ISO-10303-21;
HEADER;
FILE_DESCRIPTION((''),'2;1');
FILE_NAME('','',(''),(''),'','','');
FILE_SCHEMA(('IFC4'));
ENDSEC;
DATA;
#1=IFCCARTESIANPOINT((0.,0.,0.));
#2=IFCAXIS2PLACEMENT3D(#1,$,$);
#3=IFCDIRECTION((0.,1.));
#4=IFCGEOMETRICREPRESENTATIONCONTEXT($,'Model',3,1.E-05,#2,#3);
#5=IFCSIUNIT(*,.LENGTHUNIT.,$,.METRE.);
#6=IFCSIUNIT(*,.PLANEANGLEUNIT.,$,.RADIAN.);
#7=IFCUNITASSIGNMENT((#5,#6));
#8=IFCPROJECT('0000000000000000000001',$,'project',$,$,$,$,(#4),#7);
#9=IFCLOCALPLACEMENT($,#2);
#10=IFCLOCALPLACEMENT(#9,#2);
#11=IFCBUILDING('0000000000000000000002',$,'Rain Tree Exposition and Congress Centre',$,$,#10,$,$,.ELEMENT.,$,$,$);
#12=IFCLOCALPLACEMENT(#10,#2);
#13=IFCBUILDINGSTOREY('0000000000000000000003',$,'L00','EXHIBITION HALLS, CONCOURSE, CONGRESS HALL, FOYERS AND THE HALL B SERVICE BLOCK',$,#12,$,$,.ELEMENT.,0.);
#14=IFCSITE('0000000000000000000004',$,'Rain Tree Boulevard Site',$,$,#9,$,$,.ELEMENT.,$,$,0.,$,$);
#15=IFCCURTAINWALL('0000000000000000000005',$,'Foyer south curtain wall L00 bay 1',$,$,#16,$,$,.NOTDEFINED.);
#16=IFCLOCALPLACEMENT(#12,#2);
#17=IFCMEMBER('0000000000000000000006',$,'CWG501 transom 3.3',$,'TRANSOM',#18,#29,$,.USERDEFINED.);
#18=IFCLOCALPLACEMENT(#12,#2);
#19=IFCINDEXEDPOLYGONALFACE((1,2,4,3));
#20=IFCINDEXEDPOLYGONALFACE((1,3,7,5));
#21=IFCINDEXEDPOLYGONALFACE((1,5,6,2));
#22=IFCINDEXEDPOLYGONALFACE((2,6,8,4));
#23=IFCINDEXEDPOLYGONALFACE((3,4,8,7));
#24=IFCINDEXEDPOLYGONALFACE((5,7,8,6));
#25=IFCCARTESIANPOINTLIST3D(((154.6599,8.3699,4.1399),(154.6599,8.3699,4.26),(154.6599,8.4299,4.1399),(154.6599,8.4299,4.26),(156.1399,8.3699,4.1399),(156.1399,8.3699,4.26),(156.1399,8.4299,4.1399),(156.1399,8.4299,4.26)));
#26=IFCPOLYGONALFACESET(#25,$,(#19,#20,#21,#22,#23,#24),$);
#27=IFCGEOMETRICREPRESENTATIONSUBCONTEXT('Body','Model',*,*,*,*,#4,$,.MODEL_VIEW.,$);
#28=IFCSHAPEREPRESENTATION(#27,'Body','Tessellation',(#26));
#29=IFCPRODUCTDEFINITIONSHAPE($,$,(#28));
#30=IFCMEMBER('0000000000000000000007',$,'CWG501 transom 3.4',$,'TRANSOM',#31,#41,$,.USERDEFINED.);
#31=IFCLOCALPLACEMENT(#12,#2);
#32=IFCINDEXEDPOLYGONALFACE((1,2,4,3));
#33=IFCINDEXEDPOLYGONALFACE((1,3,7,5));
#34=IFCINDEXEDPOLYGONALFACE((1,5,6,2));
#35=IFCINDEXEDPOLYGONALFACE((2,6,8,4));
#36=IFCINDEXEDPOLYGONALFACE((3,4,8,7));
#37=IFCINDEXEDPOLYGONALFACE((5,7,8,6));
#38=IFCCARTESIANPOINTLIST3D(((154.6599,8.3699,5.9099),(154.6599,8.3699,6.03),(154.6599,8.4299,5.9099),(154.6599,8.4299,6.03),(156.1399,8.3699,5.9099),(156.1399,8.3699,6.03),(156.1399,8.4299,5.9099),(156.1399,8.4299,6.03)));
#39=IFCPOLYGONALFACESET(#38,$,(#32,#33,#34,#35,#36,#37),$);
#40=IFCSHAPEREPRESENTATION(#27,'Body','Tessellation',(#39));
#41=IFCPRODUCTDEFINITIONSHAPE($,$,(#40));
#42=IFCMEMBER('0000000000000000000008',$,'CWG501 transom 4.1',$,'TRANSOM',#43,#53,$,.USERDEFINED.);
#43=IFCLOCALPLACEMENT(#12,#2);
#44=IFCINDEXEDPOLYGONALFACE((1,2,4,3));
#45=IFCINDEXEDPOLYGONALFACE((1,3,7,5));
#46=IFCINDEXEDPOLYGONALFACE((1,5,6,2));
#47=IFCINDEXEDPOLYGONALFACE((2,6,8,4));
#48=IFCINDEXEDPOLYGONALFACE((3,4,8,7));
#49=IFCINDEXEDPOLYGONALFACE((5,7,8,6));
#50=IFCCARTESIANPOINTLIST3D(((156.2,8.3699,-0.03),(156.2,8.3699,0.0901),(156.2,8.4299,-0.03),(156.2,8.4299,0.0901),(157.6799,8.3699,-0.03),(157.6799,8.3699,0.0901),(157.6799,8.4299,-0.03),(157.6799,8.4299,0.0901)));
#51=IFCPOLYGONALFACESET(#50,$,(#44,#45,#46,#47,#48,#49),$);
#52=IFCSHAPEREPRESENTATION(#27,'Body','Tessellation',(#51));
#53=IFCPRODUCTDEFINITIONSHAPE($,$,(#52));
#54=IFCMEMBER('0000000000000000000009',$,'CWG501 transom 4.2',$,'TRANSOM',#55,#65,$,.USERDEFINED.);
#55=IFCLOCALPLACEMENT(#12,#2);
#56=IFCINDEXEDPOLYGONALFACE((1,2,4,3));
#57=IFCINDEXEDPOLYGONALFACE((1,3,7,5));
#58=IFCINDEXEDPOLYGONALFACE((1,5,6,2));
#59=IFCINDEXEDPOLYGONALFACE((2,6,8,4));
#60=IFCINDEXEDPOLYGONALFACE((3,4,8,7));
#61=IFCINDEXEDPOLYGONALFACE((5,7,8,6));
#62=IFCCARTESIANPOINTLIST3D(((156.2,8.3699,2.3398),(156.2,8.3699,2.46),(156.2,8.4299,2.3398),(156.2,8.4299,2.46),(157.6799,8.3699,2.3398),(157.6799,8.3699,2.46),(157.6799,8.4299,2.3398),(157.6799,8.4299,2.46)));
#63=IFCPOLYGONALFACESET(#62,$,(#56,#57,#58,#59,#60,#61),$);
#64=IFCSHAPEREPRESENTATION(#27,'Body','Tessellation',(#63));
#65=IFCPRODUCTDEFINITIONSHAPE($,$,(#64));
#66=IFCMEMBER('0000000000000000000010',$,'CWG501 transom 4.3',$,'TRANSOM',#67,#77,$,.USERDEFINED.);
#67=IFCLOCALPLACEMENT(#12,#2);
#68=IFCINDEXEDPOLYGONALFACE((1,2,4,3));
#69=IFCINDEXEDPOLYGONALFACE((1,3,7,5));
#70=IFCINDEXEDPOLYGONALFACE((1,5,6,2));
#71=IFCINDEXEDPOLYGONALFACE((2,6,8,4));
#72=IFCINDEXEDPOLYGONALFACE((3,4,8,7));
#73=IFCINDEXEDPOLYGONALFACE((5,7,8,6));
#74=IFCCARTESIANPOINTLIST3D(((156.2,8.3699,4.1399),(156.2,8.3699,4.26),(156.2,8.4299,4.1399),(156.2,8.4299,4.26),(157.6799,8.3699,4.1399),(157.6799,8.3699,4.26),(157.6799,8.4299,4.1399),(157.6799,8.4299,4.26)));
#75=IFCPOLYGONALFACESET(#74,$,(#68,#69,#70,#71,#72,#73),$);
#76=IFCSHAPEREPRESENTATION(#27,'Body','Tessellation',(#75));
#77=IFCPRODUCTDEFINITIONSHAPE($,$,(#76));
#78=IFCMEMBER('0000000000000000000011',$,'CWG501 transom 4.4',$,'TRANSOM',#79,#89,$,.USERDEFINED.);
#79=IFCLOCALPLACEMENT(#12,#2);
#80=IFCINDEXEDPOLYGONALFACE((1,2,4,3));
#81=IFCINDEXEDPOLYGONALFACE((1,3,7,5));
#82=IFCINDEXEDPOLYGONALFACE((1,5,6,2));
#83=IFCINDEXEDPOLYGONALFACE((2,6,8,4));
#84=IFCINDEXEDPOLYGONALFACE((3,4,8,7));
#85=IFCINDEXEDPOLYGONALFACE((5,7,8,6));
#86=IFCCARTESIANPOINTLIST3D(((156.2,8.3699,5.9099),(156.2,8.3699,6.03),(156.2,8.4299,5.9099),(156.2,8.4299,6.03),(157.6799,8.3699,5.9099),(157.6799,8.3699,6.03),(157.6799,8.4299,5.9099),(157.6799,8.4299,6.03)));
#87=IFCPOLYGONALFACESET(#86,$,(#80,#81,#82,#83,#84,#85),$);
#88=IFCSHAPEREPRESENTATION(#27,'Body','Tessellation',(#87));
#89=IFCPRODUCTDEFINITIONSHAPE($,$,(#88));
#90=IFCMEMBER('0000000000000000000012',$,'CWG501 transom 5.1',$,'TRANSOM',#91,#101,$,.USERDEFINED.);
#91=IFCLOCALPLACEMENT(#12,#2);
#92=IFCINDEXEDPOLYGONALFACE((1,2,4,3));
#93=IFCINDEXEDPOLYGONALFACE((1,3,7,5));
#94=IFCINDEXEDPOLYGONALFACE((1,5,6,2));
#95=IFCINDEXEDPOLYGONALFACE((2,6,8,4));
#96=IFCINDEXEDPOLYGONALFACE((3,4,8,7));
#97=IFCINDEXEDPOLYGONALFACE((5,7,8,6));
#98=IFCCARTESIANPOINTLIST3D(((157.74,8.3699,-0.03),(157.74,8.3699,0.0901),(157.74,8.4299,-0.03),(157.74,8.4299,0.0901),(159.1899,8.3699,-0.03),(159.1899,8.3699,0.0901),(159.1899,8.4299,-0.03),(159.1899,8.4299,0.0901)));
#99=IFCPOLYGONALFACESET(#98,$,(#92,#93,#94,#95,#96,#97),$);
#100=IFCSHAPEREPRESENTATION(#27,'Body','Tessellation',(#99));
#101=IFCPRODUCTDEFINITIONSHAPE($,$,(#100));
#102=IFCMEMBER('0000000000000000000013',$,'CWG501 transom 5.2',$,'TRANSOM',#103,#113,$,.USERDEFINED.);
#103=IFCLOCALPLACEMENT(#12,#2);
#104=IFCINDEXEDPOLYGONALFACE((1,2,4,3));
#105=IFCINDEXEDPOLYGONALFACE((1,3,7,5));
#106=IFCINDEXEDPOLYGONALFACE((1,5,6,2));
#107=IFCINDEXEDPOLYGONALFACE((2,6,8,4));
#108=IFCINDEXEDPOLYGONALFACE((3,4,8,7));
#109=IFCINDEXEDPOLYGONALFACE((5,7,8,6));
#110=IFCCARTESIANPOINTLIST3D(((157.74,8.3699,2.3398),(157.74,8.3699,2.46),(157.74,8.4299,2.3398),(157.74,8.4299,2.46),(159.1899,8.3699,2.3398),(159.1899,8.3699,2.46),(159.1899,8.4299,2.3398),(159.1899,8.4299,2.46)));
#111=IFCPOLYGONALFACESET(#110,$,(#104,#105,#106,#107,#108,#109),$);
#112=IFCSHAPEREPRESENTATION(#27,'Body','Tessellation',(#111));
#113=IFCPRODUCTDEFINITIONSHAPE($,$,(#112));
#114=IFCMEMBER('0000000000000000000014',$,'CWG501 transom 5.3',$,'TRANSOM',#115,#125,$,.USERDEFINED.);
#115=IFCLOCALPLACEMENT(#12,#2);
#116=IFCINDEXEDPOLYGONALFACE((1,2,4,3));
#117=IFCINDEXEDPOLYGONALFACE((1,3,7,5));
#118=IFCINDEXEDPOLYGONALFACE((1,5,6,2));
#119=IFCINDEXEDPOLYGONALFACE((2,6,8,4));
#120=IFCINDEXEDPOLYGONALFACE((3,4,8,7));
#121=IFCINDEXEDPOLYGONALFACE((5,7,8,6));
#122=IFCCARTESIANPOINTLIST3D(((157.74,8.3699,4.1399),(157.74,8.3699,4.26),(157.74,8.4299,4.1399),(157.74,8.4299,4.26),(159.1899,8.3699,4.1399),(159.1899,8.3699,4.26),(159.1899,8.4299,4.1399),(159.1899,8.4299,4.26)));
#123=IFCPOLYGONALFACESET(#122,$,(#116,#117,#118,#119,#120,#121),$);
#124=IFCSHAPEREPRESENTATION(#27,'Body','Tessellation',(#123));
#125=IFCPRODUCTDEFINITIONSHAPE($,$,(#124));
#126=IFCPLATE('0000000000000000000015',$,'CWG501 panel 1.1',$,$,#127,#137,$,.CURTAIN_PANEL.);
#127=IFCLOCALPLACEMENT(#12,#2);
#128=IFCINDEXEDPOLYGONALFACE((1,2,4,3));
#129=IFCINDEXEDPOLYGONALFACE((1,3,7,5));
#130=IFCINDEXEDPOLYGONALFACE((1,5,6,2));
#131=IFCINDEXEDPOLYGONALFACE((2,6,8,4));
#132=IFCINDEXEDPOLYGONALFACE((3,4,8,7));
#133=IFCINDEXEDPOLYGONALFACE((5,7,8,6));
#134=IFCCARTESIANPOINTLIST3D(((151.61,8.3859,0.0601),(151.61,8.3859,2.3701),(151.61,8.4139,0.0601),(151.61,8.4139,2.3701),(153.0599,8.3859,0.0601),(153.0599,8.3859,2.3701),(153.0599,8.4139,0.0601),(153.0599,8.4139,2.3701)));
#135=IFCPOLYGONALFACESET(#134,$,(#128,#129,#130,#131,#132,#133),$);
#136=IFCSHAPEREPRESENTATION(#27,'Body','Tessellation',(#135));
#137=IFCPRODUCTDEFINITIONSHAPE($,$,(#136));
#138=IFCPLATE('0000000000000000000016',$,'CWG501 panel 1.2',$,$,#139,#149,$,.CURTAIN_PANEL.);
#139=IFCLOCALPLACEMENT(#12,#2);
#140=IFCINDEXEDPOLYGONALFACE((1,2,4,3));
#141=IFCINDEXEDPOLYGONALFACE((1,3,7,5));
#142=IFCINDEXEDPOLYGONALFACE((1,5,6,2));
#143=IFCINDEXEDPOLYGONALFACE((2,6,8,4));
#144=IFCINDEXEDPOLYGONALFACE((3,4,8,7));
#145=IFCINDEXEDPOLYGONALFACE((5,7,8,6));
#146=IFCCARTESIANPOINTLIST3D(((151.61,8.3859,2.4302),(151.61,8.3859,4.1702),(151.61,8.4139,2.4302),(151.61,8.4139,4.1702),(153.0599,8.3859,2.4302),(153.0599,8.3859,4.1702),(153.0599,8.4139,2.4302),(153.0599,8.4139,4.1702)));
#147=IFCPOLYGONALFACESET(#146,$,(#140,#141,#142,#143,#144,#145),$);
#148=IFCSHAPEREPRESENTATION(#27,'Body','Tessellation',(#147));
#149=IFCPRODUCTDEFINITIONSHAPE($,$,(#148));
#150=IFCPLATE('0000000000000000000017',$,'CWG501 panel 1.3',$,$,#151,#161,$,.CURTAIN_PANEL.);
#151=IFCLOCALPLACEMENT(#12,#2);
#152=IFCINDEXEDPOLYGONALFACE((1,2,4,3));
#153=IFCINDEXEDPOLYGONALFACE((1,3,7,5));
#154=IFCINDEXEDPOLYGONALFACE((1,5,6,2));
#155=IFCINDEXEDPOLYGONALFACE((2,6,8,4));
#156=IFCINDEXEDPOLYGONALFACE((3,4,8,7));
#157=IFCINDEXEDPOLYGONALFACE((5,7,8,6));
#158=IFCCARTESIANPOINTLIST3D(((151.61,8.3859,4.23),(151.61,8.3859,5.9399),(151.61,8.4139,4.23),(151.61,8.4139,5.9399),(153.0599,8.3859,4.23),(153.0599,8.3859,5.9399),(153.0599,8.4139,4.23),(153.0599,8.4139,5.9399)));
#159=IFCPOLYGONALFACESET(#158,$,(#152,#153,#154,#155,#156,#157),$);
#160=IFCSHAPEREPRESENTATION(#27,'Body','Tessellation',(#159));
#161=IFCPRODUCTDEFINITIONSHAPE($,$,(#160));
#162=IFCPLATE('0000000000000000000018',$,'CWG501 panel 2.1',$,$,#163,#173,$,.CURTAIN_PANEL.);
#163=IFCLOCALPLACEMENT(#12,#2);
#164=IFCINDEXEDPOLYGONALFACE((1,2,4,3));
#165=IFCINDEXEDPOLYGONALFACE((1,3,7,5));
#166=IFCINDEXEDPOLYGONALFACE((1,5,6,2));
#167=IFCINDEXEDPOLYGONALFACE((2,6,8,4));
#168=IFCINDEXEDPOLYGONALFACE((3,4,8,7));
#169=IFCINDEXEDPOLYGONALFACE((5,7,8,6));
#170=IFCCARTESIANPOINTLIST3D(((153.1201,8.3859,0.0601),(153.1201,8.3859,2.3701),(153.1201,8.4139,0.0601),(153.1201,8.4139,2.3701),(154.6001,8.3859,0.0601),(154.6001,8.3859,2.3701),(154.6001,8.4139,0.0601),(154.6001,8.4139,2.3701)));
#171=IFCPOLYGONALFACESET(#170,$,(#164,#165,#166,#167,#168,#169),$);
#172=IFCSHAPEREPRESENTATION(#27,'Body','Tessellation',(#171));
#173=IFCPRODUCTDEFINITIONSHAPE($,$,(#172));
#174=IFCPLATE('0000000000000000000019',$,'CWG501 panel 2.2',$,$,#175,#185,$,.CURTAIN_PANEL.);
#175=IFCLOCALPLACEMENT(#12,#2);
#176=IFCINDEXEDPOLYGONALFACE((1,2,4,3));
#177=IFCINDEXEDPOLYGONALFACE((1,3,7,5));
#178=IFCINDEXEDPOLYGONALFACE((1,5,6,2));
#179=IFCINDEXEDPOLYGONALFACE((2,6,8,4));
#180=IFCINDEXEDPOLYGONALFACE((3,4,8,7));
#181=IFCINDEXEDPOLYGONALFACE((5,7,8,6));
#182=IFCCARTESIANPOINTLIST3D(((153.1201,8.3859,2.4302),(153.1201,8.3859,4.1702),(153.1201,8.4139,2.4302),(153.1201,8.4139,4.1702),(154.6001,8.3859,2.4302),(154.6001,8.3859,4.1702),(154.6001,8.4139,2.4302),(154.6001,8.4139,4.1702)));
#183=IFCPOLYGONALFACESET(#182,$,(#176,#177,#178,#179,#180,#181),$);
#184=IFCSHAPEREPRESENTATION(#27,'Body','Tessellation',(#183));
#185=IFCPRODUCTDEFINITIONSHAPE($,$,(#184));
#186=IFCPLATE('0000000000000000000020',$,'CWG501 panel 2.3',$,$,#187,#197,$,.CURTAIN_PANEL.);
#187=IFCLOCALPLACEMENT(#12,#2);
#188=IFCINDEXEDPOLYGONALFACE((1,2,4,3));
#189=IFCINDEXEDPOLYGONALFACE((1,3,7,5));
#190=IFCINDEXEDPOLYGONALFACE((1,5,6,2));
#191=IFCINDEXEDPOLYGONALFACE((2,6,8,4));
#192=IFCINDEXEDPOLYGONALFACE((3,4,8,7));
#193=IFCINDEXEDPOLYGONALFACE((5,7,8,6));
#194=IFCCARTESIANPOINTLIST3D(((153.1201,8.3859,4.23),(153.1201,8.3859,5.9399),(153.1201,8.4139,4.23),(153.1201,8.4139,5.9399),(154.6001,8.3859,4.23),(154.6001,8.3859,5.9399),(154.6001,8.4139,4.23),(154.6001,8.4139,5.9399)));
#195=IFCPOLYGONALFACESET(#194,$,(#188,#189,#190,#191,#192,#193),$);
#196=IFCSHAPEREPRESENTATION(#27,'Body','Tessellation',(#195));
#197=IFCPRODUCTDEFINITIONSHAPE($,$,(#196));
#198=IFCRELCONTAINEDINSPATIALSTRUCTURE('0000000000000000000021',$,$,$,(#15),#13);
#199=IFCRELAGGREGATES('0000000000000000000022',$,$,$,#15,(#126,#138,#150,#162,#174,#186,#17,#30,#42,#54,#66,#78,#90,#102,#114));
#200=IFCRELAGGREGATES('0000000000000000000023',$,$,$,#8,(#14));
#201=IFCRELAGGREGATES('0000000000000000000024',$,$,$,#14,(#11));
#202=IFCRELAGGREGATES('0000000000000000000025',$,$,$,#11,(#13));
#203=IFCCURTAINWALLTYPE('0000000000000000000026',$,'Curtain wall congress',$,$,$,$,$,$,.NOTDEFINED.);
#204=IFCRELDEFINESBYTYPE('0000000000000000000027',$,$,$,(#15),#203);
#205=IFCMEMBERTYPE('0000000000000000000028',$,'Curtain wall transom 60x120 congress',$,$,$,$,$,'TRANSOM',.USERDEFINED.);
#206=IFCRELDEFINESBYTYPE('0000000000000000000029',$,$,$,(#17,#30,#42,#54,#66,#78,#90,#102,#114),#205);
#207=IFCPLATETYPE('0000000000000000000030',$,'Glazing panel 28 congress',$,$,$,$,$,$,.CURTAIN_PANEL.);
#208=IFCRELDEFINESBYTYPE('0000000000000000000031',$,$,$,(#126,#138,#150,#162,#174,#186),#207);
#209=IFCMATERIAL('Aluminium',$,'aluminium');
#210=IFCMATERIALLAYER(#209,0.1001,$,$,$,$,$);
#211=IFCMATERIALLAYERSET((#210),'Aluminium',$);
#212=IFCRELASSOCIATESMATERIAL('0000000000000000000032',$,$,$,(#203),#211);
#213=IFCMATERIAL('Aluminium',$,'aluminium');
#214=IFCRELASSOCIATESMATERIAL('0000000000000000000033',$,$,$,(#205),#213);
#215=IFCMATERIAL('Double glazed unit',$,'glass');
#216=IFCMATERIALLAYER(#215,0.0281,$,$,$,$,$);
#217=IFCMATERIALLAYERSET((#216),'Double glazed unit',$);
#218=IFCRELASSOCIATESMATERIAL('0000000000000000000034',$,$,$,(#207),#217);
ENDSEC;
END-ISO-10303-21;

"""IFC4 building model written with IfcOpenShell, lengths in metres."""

from ifc_helpers import new_model, si_unit, direction, frame, origin, origin_2d, place, context, subcontext, project, spatial, rectangle, extrude, material, layer, layer_set, material_profile, profile_set, type_object, element, aggregate, save


model = new_model("IFC4")

# Units and contexts
model_context = context("Model", 3, precision=1e-05, world=origin(), true_north=direction((0.0, 1.0)))
body_context = subcontext(model_context, "Body", "Model", "MODEL_VIEW")
ifc_project = project(units=[si_unit("LENGTHUNIT", "METRE"), si_unit("PLANEANGLEUNIT", "RADIAN")], contexts=[model_context])

# Site, building, storey
site_placement = place(None, origin())
site = spatial("IfcSite", under=ifc_project, at=site_placement, Name="Rain Tree Boulevard Site", CompositionType="ELEMENT", RefElevation=0.0)
building_placement = place(site_placement, origin())
building = spatial("IfcBuilding", under=site, at=building_placement, Name="Rain Tree Exposition and Congress Centre", CompositionType="ELEMENT")
storey_placement = place(building_placement, origin())
storey = spatial("IfcBuildingStorey", under=building, at=storey_placement, Name="L00", Description="EXHIBITION HALLS, CONCOURSE, CONGRESS HALL, FOYERS AND THE HALL B SERVICE BLOCK", CompositionType="ELEMENT", Elevation=0.0)

# Curtain wall, members, plates
ifc_material_1 = material(Name="Aluminium", Category="aluminium")
ifc_layer_1 = layer(ifc_material_1, 0.1001)
ifc_layer_set_1 = layer_set([ifc_layer_1], Name="Aluminium")
curtain_wall_type = type_object("IfcCurtainWallType", Name="Curtain wall congress", PredefinedType="NOTDEFINED", material=ifc_layer_set_1)
curtain_wall_placement = place(storey_placement, origin())
curtain_wall = element("IfcCurtainWall", 1, at=curtain_wall_placement, inside=storey, type_object=curtain_wall_type, Name="Foyer south curtain wall L00 bay 1", PredefinedType="NOTDEFINED")
ifc_material_2 = material(Name="Aluminium", Category="aluminium")
ifc_material_profile_1 = material_profile(ifc_material_2, rectangle(XDim=0.0601, YDim=0.1201, at=origin_2d()), Name="AL 60x120")
ifc_profile_set_1 = profile_set([ifc_material_profile_1], Name="Aluminium")
member_type_1 = type_object("IfcMemberType", Name="Curtain wall transom 60x120 congress", ElementType="TRANSOM", PredefinedType="USERDEFINED", material=ifc_profile_set_1)
member_1_placement = place(storey_placement, frame((154.6599, 8.3999, 4.2), z_axis=(1.0, 0.0, 0.0), x_axis=(0.0, 1.0, 0.0)))
member_1 = element("IfcMember", 2, at=member_1_placement, type_object=member_type_1, Name="CWG501 transom 3.3", ObjectType="TRANSOM", PredefinedType="USERDEFINED", context=body_context, shape_type="SweptSolid", body=[
    extrude(rectangle(XDim=0.0601, YDim=0.1201, at=origin_2d()), origin(), (0.0, 0.0, 1.0), 1.48),
])
member_2_placement = place(storey_placement, frame((154.6599, 8.3999, 5.97), z_axis=(1.0, 0.0, 0.0), x_axis=(0.0, 1.0, 0.0)))
member_2 = element("IfcMember", 3, at=member_2_placement, type_object=member_type_1, Name="CWG501 transom 3.4", ObjectType="TRANSOM", PredefinedType="USERDEFINED", context=body_context, shape_type="SweptSolid", body=[
    extrude(rectangle(XDim=0.0601, YDim=0.1201, at=origin_2d()), origin(), (0.0, 0.0, 1.0), 1.48),
])
member_3_placement = place(storey_placement, frame((156.2, 8.3999, 0.03), z_axis=(1.0, 0.0, 0.0), x_axis=(0.0, 1.0, 0.0)))
member_3 = element("IfcMember", 4, at=member_3_placement, type_object=member_type_1, Name="CWG501 transom 4.1", ObjectType="TRANSOM", PredefinedType="USERDEFINED", context=body_context, shape_type="SweptSolid", body=[
    extrude(rectangle(XDim=0.0601, YDim=0.1201, at=origin_2d()), origin(), (0.0, 0.0, 1.0), 1.48),
])
member_4_placement = place(storey_placement, frame((156.2, 8.3999, 2.3999), z_axis=(1.0, 0.0, 0.0), x_axis=(0.0, 1.0, 0.0)))
member_4 = element("IfcMember", 5, at=member_4_placement, type_object=member_type_1, Name="CWG501 transom 4.2", ObjectType="TRANSOM", PredefinedType="USERDEFINED", context=body_context, shape_type="SweptSolid", body=[
    extrude(rectangle(XDim=0.0601, YDim=0.1201, at=origin_2d()), origin(), (0.0, 0.0, 1.0), 1.48),
])
member_5_placement = place(storey_placement, frame((156.2, 8.3999, 4.2), z_axis=(1.0, 0.0, 0.0), x_axis=(0.0, 1.0, 0.0)))
member_5 = element("IfcMember", 6, at=member_5_placement, type_object=member_type_1, Name="CWG501 transom 4.3", ObjectType="TRANSOM", PredefinedType="USERDEFINED", context=body_context, shape_type="SweptSolid", body=[
    extrude(rectangle(XDim=0.0601, YDim=0.1201, at=origin_2d()), origin(), (0.0, 0.0, 1.0), 1.48),
])
member_6_placement = place(storey_placement, frame((156.2, 8.3999, 5.97), z_axis=(1.0, 0.0, 0.0), x_axis=(0.0, 1.0, 0.0)))
member_6 = element("IfcMember", 7, at=member_6_placement, type_object=member_type_1, Name="CWG501 transom 4.4", ObjectType="TRANSOM", PredefinedType="USERDEFINED", context=body_context, shape_type="SweptSolid", body=[
    extrude(rectangle(XDim=0.0601, YDim=0.1201, at=origin_2d()), origin(), (0.0, 0.0, 1.0), 1.48),
])
member_7_placement = place(storey_placement, frame((157.74, 8.3999, 0.03), z_axis=(1.0, 0.0, 0.0), x_axis=(0.0, 1.0, 0.0)))
member_7 = element("IfcMember", 8, at=member_7_placement, type_object=member_type_1, Name="CWG501 transom 5.1", ObjectType="TRANSOM", PredefinedType="USERDEFINED", context=body_context, shape_type="SweptSolid", body=[
    extrude(rectangle(XDim=0.0601, YDim=0.1201, at=origin_2d()), origin(), (0.0, 0.0, 1.0), 1.45),
])
member_8_placement = place(storey_placement, frame((157.74, 8.3999, 2.3999), z_axis=(1.0, 0.0, 0.0), x_axis=(0.0, 1.0, 0.0)))
member_8 = element("IfcMember", 9, at=member_8_placement, type_object=member_type_1, Name="CWG501 transom 5.2", ObjectType="TRANSOM", PredefinedType="USERDEFINED", context=body_context, shape_type="SweptSolid", body=[
    extrude(rectangle(XDim=0.0601, YDim=0.1201, at=origin_2d()), origin(), (0.0, 0.0, 1.0), 1.45),
])
member_9_placement = place(storey_placement, frame((157.74, 8.3999, 4.2), z_axis=(1.0, 0.0, 0.0), x_axis=(0.0, 1.0, 0.0)))
member_9 = element("IfcMember", 10, at=member_9_placement, type_object=member_type_1, Name="CWG501 transom 5.3", ObjectType="TRANSOM", PredefinedType="USERDEFINED", context=body_context, shape_type="SweptSolid", body=[
    extrude(rectangle(XDim=0.0601, YDim=0.1201, at=origin_2d()), origin(), (0.0, 0.0, 1.0), 1.45),
])
ifc_material_3 = material(Name="Double glazed unit", Category="glass")
ifc_layer_2 = layer(ifc_material_3, 0.0281)
ifc_layer_set_2 = layer_set([ifc_layer_2], Name="Double glazed unit")
plate_type = type_object("IfcPlateType", Name="Glazing panel 28 congress", PredefinedType="CURTAIN_PANEL", material=ifc_layer_set_2)
plate_1_placement = place(storey_placement, frame((152.335, 8.3999, 0.0601), z_axis=(0.0, 0.0, 1.0), x_axis=(1.0, 0.0, 0.0)))
plate_1 = element("IfcPlate", 11, at=plate_1_placement, type_object=plate_type, Name="CWG501 panel 1.1", PredefinedType="CURTAIN_PANEL", context=body_context, shape_type="SweptSolid", body=[
    extrude(rectangle(XDim=1.45, YDim=0.0281, at=origin_2d()), origin(), (0.0, 0.0, 1.0), 2.3101),
])
plate_2_placement = place(storey_placement, frame((152.335, 8.3999, 2.4302), z_axis=(0.0, 0.0, 1.0), x_axis=(1.0, 0.0, 0.0)))
plate_2 = element("IfcPlate", 12, at=plate_2_placement, type_object=plate_type, Name="CWG501 panel 1.2", PredefinedType="CURTAIN_PANEL", context=body_context, shape_type="SweptSolid", body=[
    extrude(rectangle(XDim=1.45, YDim=0.0281, at=origin_2d()), origin(), (0.0, 0.0, 1.0), 1.74),
])
plate_3_placement = place(storey_placement, frame((152.335, 8.3999, 4.23), z_axis=(0.0, 0.0, 1.0), x_axis=(1.0, 0.0, 0.0)))
plate_3 = element("IfcPlate", 13, at=plate_3_placement, type_object=plate_type, Name="CWG501 panel 1.3", PredefinedType="CURTAIN_PANEL", context=body_context, shape_type="SweptSolid", body=[
    extrude(rectangle(XDim=1.45, YDim=0.0281, at=origin_2d()), origin(), (0.0, 0.0, 1.0), 1.71),
])
plate_4_placement = place(storey_placement, frame((153.8601, 8.3999, 0.0601), z_axis=(0.0, 0.0, 1.0), x_axis=(1.0, 0.0, 0.0)))
plate_4 = element("IfcPlate", 14, at=plate_4_placement, type_object=plate_type, Name="CWG501 panel 2.1", PredefinedType="CURTAIN_PANEL", context=body_context, shape_type="SweptSolid", body=[
    extrude(rectangle(XDim=1.48, YDim=0.0281, at=origin_2d()), origin(), (0.0, 0.0, 1.0), 2.3101),
])
plate_5_placement = place(storey_placement, frame((153.8601, 8.3999, 2.4302), z_axis=(0.0, 0.0, 1.0), x_axis=(1.0, 0.0, 0.0)))
plate_5 = element("IfcPlate", 15, at=plate_5_placement, type_object=plate_type, Name="CWG501 panel 2.2", PredefinedType="CURTAIN_PANEL", context=body_context, shape_type="SweptSolid", body=[
    extrude(rectangle(XDim=1.48, YDim=0.0281, at=origin_2d()), origin(), (0.0, 0.0, 1.0), 1.74),
])
plate_6_placement = place(storey_placement, frame((153.8601, 8.3999, 4.23), z_axis=(0.0, 0.0, 1.0), x_axis=(1.0, 0.0, 0.0)))
plate_6 = element("IfcPlate", 16, at=plate_6_placement, type_object=plate_type, Name="CWG501 panel 2.3", PredefinedType="CURTAIN_PANEL", context=body_context, shape_type="SweptSolid", body=[
    extrude(rectangle(XDim=1.48, YDim=0.0281, at=origin_2d()), origin(), (0.0, 0.0, 1.0), 1.71),
])
aggregate(curtain_wall, [plate_1, plate_2, plate_3, plate_4, plate_5, plate_6, member_1, member_2, member_3, member_4, member_5, member_6, member_7, member_8, member_9])

save(model, "model.ifc")
